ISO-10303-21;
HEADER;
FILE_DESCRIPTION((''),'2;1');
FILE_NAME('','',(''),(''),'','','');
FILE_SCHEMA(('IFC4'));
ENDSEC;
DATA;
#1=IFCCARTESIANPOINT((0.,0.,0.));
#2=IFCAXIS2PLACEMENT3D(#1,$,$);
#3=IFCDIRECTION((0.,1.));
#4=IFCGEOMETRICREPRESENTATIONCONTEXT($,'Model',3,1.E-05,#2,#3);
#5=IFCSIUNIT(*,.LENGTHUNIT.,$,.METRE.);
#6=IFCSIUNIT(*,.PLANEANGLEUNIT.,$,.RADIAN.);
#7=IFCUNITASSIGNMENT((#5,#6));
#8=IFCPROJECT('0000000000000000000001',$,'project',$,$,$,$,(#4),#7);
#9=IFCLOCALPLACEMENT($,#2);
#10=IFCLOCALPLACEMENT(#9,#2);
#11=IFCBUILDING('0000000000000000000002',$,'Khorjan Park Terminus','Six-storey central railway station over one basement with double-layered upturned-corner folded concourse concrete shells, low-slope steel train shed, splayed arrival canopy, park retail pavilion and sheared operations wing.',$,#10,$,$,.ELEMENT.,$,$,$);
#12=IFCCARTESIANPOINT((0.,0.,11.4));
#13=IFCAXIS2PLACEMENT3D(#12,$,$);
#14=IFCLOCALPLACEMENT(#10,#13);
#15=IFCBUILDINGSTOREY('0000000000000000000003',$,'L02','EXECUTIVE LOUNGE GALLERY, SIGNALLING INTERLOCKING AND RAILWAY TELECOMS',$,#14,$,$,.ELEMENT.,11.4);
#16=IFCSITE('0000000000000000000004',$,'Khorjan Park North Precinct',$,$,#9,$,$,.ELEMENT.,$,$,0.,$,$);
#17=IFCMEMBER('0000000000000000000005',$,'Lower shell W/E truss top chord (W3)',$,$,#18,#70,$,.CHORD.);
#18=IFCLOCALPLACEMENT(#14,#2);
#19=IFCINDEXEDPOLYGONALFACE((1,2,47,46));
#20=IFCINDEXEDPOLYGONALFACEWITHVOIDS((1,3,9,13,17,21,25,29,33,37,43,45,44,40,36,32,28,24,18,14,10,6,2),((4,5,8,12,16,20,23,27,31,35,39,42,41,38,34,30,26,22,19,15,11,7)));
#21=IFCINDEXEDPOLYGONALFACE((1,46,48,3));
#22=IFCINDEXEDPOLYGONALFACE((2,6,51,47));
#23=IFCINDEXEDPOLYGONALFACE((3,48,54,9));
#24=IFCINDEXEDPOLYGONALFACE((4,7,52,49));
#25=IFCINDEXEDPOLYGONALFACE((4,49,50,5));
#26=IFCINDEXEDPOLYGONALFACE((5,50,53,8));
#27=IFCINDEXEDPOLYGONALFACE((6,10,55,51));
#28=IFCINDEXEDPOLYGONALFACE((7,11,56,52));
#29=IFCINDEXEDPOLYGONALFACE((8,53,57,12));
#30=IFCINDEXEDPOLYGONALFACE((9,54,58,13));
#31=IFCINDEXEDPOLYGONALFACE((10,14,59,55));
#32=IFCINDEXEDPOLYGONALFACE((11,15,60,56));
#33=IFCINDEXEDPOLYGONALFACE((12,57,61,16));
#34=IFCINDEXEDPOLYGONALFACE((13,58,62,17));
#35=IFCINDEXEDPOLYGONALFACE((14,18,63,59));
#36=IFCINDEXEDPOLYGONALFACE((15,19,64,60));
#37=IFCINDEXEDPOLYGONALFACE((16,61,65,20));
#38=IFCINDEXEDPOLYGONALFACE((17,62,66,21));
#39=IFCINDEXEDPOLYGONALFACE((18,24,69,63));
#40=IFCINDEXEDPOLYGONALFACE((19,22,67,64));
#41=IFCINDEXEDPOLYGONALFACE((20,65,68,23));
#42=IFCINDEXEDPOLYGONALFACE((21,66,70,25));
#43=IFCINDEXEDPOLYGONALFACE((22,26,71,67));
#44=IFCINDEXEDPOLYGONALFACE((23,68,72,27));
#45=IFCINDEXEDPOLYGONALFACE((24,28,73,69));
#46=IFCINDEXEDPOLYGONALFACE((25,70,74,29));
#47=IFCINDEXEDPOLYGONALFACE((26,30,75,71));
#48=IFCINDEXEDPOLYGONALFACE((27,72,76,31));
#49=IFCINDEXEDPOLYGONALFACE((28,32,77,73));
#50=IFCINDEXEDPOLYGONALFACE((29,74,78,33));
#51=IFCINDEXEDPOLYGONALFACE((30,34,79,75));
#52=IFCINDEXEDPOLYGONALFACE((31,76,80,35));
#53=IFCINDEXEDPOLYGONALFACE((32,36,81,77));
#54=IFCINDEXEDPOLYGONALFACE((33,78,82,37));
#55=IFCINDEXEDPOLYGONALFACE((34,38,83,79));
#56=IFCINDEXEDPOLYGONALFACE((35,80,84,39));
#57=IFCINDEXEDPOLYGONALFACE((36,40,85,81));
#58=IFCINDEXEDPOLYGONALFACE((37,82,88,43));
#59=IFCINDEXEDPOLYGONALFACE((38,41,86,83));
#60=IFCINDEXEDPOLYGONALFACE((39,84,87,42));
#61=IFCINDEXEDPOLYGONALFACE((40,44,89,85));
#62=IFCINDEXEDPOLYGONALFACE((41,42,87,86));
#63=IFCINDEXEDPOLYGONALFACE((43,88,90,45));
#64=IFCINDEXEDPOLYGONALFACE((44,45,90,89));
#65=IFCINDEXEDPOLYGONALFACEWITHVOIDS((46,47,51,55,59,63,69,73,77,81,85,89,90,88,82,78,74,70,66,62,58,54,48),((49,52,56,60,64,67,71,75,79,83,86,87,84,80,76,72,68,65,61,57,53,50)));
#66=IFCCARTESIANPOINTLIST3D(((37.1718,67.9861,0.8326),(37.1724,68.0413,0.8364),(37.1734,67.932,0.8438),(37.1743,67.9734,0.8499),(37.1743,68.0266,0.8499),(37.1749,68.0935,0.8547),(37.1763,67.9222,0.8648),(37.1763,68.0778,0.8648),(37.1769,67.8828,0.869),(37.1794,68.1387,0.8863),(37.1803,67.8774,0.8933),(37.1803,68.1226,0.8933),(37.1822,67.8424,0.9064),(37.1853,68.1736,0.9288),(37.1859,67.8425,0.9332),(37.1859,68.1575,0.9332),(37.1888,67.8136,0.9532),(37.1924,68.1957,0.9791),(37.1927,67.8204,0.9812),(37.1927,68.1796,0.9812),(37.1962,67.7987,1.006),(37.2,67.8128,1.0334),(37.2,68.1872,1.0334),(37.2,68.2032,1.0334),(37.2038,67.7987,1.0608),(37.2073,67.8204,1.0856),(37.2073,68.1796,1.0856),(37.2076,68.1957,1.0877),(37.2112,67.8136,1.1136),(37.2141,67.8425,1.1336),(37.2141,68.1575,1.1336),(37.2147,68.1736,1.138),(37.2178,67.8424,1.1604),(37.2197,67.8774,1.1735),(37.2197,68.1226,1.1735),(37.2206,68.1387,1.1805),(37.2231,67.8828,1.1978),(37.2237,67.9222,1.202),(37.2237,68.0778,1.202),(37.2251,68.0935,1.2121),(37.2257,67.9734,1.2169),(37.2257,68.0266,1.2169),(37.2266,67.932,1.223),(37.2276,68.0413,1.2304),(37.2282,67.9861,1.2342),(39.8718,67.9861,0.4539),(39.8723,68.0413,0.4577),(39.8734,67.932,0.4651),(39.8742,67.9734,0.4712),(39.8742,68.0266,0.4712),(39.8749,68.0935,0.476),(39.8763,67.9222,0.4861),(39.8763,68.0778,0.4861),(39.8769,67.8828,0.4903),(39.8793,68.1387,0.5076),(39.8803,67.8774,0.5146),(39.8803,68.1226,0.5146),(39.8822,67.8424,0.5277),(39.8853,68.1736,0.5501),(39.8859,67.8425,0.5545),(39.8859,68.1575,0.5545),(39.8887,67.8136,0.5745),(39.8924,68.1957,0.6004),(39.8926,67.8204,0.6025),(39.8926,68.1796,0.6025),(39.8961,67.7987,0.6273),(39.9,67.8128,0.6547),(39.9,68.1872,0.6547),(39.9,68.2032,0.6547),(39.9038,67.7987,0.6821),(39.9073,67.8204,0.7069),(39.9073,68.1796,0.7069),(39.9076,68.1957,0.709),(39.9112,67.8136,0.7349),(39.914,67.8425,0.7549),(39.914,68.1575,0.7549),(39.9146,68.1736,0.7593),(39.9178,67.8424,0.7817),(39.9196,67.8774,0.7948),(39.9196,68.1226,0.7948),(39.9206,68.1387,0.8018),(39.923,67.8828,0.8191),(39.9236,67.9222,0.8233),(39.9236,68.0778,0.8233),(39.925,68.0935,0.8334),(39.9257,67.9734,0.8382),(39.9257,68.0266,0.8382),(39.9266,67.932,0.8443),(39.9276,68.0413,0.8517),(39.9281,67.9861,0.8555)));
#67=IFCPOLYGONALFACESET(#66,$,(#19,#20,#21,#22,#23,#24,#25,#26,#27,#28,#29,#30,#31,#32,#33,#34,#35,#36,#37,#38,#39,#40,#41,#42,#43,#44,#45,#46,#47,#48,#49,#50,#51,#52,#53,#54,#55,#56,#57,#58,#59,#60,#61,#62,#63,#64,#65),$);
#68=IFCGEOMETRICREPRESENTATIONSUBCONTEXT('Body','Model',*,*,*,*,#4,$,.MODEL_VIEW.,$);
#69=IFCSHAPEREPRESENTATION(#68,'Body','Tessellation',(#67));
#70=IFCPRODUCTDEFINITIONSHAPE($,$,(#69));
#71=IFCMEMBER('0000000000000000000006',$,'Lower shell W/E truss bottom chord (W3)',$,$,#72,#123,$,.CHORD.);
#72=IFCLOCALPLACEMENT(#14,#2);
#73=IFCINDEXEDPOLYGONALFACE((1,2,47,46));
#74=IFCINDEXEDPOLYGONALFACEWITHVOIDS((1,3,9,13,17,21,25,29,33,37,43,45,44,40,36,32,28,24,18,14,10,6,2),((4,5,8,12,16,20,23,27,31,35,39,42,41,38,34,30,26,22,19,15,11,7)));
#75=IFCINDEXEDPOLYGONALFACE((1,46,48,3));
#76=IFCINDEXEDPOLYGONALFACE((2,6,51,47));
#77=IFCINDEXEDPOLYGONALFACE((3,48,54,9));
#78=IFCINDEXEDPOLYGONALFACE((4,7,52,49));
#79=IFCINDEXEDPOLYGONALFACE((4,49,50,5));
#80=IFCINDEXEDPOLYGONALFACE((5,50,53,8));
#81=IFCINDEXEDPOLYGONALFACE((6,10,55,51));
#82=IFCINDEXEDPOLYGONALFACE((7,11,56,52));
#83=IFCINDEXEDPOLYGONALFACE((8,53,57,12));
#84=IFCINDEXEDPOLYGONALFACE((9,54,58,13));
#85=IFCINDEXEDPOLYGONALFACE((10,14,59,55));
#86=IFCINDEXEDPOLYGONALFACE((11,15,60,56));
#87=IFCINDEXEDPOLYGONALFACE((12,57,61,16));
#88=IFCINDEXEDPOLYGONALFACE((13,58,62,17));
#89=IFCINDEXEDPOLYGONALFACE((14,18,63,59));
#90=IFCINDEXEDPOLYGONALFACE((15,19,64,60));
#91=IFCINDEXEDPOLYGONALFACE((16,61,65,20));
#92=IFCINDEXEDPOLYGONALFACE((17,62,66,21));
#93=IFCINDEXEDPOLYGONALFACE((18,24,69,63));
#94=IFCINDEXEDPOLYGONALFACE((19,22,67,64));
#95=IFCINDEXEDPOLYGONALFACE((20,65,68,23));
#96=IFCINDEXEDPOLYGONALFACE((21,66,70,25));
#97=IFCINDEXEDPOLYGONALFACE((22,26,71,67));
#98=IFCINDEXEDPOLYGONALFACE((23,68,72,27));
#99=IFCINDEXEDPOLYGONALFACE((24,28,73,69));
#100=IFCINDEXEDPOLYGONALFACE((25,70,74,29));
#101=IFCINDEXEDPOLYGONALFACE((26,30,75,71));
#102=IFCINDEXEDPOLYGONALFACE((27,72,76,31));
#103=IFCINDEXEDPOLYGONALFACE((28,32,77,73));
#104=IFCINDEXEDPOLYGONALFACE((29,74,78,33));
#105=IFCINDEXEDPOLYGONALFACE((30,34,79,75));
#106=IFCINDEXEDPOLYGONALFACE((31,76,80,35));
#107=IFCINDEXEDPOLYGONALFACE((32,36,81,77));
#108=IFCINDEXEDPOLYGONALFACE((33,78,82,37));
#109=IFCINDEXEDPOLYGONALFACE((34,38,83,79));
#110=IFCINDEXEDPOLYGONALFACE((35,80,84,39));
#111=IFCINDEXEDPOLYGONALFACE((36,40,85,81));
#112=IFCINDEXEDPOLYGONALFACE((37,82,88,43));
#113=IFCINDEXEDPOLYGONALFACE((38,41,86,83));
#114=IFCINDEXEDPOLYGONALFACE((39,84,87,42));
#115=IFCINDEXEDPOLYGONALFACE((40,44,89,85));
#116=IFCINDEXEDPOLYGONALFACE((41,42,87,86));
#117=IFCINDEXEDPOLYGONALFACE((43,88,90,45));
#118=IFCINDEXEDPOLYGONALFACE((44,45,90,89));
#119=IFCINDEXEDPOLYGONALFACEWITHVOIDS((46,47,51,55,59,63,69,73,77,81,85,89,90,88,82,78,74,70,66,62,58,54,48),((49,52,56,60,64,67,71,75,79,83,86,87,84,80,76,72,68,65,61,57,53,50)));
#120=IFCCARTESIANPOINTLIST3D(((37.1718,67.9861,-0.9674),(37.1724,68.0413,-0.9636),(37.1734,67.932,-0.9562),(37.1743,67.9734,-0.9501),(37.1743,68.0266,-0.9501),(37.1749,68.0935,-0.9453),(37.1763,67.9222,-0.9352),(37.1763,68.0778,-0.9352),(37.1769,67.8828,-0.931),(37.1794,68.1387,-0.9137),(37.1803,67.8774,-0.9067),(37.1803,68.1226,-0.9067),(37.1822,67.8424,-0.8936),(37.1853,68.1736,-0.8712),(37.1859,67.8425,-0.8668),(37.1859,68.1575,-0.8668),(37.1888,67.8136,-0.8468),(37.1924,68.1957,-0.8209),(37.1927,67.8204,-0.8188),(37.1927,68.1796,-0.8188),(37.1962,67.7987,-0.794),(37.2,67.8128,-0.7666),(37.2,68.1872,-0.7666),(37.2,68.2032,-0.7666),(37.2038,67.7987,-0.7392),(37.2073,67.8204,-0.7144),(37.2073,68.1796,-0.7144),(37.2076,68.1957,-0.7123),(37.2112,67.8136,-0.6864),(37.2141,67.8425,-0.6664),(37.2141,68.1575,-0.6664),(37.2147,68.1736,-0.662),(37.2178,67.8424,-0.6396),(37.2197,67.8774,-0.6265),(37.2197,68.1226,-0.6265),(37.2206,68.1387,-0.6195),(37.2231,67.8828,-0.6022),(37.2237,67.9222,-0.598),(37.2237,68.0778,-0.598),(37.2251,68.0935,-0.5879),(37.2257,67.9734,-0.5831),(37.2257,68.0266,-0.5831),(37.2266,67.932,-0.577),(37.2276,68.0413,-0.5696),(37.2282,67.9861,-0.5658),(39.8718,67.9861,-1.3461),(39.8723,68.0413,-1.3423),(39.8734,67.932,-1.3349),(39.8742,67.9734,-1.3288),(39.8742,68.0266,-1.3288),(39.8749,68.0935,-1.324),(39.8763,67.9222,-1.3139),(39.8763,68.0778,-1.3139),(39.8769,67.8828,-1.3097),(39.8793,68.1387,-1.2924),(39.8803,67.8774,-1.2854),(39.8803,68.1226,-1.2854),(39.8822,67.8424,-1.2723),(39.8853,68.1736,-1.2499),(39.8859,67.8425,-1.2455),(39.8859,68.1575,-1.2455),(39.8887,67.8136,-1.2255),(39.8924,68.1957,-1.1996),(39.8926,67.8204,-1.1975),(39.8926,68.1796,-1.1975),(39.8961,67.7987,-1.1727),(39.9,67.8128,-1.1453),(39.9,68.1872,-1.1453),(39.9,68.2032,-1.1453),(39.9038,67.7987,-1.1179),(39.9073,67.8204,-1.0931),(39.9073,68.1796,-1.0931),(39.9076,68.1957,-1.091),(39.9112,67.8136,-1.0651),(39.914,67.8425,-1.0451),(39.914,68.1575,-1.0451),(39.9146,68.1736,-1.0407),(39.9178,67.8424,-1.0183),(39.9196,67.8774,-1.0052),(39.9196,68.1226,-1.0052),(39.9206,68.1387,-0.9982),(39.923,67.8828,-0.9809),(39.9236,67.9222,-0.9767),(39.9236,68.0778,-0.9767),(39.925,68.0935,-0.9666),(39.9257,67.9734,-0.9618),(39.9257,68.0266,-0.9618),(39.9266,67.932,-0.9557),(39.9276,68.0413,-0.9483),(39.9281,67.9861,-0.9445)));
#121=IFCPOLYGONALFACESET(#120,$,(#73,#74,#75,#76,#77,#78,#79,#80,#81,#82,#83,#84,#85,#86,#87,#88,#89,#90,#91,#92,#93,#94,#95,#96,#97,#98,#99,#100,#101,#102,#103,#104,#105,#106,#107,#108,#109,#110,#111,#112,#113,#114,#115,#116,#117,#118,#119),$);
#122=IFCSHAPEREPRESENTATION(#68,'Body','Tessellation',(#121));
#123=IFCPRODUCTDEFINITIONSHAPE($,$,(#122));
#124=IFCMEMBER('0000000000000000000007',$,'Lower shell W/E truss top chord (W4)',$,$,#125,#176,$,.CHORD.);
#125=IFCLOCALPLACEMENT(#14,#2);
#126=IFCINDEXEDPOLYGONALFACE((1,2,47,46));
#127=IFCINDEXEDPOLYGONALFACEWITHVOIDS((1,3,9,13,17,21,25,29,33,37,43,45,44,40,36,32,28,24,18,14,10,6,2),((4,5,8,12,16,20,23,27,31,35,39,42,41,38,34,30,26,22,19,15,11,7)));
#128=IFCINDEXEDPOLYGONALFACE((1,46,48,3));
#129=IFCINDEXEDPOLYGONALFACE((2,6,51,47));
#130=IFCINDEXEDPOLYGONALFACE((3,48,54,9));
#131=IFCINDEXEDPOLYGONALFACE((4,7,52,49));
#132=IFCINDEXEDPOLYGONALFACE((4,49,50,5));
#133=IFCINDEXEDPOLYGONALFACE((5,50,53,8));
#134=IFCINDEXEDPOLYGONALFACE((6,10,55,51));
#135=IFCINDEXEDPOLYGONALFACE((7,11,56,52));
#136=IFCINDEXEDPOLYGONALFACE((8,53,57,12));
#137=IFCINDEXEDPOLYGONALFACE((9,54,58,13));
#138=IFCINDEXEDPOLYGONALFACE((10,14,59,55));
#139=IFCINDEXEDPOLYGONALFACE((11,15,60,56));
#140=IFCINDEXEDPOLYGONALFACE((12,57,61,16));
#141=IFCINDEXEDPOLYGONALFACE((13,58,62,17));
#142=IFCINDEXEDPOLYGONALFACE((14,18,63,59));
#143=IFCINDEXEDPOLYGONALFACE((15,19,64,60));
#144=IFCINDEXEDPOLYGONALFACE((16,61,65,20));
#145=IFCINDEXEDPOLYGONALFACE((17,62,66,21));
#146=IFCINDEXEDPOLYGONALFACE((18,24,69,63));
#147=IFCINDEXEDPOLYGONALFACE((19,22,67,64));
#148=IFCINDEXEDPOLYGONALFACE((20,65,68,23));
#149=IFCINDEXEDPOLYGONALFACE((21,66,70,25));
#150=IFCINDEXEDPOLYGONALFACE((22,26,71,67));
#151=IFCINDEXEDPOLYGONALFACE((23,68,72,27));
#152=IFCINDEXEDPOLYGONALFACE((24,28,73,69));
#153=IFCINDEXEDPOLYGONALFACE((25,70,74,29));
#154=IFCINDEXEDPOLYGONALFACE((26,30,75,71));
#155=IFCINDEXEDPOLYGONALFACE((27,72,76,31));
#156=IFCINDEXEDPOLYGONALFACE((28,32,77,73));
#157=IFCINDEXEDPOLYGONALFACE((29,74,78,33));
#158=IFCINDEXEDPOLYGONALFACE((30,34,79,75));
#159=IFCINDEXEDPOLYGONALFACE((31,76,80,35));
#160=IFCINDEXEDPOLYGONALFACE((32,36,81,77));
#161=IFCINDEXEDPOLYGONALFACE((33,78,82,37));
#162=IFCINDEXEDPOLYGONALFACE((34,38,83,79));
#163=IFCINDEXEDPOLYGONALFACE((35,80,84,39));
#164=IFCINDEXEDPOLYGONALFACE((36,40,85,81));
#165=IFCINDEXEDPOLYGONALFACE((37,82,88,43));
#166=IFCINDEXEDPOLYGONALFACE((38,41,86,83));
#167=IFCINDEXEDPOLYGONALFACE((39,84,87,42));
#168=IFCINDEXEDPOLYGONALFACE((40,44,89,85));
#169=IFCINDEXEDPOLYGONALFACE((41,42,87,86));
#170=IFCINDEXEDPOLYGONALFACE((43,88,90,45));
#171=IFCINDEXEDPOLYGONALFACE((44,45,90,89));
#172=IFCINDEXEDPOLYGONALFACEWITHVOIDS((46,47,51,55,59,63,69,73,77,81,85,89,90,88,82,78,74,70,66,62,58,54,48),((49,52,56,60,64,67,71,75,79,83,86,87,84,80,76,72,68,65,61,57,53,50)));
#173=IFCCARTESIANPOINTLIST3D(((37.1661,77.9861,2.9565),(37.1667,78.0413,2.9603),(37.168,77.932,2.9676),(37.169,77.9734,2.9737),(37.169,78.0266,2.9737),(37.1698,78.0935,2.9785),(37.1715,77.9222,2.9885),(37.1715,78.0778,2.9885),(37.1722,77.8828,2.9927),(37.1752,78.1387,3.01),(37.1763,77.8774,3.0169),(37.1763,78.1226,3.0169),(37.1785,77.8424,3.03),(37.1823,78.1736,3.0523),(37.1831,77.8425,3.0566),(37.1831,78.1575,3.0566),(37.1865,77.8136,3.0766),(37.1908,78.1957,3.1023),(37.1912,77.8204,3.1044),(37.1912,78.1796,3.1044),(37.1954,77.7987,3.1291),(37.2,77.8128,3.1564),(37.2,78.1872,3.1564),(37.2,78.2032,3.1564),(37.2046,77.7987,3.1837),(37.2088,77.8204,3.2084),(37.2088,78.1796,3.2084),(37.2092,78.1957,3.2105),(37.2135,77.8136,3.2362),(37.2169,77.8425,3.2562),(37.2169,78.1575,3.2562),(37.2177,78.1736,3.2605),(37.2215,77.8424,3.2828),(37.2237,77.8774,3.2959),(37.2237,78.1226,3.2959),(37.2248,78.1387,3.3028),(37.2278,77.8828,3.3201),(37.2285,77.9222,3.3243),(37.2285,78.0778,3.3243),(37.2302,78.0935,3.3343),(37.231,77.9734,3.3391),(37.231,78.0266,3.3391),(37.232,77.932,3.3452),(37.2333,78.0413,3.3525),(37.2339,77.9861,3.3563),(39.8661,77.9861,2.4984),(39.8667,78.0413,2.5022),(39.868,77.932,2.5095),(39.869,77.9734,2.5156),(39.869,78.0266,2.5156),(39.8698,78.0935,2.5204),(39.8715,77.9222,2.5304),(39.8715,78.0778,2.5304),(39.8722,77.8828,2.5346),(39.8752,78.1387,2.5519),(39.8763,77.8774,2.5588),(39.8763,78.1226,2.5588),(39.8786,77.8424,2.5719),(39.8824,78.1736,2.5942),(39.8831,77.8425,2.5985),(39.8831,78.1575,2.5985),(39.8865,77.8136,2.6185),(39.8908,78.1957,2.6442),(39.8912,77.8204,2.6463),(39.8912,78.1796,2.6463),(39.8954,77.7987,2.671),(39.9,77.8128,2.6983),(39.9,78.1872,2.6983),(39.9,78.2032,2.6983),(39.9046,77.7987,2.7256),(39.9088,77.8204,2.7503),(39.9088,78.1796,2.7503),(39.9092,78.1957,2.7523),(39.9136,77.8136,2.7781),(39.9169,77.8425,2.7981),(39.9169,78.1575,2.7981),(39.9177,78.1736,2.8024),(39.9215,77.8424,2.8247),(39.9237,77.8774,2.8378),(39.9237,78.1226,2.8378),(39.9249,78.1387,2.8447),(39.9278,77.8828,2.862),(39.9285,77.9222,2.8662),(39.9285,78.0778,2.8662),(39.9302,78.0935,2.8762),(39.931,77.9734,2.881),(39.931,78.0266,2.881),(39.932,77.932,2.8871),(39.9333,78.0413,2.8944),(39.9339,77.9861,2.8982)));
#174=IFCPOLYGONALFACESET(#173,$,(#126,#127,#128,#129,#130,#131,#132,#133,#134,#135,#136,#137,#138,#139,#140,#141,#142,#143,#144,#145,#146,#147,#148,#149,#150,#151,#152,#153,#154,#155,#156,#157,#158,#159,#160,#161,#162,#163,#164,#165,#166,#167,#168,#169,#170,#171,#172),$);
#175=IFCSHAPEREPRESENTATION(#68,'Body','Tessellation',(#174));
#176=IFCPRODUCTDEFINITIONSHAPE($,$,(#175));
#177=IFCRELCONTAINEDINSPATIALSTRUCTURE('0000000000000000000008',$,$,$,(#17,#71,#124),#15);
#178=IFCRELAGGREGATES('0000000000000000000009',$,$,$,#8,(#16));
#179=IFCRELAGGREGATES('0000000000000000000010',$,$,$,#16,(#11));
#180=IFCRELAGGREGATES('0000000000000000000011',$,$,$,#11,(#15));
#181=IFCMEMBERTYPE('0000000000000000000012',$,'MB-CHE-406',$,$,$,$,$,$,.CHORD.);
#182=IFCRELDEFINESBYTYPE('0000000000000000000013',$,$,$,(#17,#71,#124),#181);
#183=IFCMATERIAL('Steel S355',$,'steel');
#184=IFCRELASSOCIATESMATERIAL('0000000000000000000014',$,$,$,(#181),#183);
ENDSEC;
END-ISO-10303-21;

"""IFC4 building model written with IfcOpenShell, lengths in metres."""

from ifc_helpers import new_model, si_unit, direction, frame, origin, origin_2d, place, context, subcontext, project, spatial, hollow_circle, extrude, material, material_profile, profile_set, type_object, element, save


model = new_model("IFC4")

# Units and contexts
model_context = context("Model", 3, precision=1e-05, world=origin(), true_north=direction((0.0, 1.0)))
body_context = subcontext(model_context, "Body", "Model", "MODEL_VIEW")
ifc_project = project(units=[si_unit("LENGTHUNIT", "METRE"), si_unit("PLANEANGLEUNIT", "RADIAN")], contexts=[model_context])

# Site, building, storey
site_placement = place(None, origin())
site = spatial("IfcSite", under=ifc_project, at=site_placement, Name="Khorjan Park North Precinct", CompositionType="ELEMENT", RefElevation=0.0)
building_placement = place(site_placement, origin())
building = spatial("IfcBuilding", under=site, at=building_placement, Name="Khorjan Park Terminus", Description="Six-storey central railway station over one basement with double-layered upturned-corner folded concourse concrete shells, low-slope steel train shed, splayed arrival canopy, park retail pavilion and sheared operations wing.", CompositionType="ELEMENT")
storey_placement = place(building_placement, frame((0.0, 0.0, 11.4)))
storey = spatial("IfcBuildingStorey", under=building, at=storey_placement, Name="L02", Description="EXECUTIVE LOUNGE GALLERY, SIGNALLING INTERLOCKING AND RAILWAY TELECOMS", CompositionType="ELEMENT", Elevation=11.4)

# Shared definitions
ifc_material_1 = material(Name="Steel S355", Category="steel")

# Members
ifc_material_profile_1 = material_profile(ifc_material_1, hollow_circle(Radius=0.2032, WallThickness=0.016, at=origin_2d()), Name="CHS 406.4x16")
ifc_profile_set_1 = profile_set([ifc_material_profile_1], Name="Steel S355")
member_type_1 = type_object("IfcMemberType", Name="MB-CHE-406", PredefinedType="CHORD", material=ifc_profile_set_1)
for number, where, z_axis, x_axis, name in (
    (1, (37.2, 68.0, 1.0334), (0.990306, 0.0, -0.1389), (0.0, 1.0, 0.0), "Lower shell W/E truss top chord (W3)"),
    (2, (37.2, 68.0, -0.7666), (0.990306, 0.0, -0.1389), (0.0, 1.0, 0.0), "Lower shell W/E truss bottom chord (W3)"),
):
    element("IfcMember", number, at=place(storey_placement, frame(where, z_axis=z_axis, x_axis=x_axis)), inside=storey, type_object=member_type_1, Name=name, PredefinedType="CHORD", context=body_context, shape_type="SweptSolid", body=[
        extrude(hollow_circle(Radius=0.2032, WallThickness=0.016, at=origin_2d()), origin(), (0.0, 0.0, 1.0), 2.7264),
    ])
for number, where, z_axis, x_axis, name in (
    (3, (37.2, 78.0, 3.1564), (0.98591, 0.0, -0.167276), (0.0, 1.0, 0.0), "Lower shell W/E truss top chord (W4)"),
):
    element("IfcMember", number, at=place(storey_placement, frame(where, z_axis=z_axis, x_axis=x_axis)), inside=storey, type_object=member_type_1, Name=name, PredefinedType="CHORD", context=body_context, shape_type="SweptSolid", body=[
        extrude(hollow_circle(Radius=0.2032, WallThickness=0.016, at=origin_2d()), origin(), (0.0, 0.0, 1.0), 2.7386),
    ])

save(model, "model.ifc")
